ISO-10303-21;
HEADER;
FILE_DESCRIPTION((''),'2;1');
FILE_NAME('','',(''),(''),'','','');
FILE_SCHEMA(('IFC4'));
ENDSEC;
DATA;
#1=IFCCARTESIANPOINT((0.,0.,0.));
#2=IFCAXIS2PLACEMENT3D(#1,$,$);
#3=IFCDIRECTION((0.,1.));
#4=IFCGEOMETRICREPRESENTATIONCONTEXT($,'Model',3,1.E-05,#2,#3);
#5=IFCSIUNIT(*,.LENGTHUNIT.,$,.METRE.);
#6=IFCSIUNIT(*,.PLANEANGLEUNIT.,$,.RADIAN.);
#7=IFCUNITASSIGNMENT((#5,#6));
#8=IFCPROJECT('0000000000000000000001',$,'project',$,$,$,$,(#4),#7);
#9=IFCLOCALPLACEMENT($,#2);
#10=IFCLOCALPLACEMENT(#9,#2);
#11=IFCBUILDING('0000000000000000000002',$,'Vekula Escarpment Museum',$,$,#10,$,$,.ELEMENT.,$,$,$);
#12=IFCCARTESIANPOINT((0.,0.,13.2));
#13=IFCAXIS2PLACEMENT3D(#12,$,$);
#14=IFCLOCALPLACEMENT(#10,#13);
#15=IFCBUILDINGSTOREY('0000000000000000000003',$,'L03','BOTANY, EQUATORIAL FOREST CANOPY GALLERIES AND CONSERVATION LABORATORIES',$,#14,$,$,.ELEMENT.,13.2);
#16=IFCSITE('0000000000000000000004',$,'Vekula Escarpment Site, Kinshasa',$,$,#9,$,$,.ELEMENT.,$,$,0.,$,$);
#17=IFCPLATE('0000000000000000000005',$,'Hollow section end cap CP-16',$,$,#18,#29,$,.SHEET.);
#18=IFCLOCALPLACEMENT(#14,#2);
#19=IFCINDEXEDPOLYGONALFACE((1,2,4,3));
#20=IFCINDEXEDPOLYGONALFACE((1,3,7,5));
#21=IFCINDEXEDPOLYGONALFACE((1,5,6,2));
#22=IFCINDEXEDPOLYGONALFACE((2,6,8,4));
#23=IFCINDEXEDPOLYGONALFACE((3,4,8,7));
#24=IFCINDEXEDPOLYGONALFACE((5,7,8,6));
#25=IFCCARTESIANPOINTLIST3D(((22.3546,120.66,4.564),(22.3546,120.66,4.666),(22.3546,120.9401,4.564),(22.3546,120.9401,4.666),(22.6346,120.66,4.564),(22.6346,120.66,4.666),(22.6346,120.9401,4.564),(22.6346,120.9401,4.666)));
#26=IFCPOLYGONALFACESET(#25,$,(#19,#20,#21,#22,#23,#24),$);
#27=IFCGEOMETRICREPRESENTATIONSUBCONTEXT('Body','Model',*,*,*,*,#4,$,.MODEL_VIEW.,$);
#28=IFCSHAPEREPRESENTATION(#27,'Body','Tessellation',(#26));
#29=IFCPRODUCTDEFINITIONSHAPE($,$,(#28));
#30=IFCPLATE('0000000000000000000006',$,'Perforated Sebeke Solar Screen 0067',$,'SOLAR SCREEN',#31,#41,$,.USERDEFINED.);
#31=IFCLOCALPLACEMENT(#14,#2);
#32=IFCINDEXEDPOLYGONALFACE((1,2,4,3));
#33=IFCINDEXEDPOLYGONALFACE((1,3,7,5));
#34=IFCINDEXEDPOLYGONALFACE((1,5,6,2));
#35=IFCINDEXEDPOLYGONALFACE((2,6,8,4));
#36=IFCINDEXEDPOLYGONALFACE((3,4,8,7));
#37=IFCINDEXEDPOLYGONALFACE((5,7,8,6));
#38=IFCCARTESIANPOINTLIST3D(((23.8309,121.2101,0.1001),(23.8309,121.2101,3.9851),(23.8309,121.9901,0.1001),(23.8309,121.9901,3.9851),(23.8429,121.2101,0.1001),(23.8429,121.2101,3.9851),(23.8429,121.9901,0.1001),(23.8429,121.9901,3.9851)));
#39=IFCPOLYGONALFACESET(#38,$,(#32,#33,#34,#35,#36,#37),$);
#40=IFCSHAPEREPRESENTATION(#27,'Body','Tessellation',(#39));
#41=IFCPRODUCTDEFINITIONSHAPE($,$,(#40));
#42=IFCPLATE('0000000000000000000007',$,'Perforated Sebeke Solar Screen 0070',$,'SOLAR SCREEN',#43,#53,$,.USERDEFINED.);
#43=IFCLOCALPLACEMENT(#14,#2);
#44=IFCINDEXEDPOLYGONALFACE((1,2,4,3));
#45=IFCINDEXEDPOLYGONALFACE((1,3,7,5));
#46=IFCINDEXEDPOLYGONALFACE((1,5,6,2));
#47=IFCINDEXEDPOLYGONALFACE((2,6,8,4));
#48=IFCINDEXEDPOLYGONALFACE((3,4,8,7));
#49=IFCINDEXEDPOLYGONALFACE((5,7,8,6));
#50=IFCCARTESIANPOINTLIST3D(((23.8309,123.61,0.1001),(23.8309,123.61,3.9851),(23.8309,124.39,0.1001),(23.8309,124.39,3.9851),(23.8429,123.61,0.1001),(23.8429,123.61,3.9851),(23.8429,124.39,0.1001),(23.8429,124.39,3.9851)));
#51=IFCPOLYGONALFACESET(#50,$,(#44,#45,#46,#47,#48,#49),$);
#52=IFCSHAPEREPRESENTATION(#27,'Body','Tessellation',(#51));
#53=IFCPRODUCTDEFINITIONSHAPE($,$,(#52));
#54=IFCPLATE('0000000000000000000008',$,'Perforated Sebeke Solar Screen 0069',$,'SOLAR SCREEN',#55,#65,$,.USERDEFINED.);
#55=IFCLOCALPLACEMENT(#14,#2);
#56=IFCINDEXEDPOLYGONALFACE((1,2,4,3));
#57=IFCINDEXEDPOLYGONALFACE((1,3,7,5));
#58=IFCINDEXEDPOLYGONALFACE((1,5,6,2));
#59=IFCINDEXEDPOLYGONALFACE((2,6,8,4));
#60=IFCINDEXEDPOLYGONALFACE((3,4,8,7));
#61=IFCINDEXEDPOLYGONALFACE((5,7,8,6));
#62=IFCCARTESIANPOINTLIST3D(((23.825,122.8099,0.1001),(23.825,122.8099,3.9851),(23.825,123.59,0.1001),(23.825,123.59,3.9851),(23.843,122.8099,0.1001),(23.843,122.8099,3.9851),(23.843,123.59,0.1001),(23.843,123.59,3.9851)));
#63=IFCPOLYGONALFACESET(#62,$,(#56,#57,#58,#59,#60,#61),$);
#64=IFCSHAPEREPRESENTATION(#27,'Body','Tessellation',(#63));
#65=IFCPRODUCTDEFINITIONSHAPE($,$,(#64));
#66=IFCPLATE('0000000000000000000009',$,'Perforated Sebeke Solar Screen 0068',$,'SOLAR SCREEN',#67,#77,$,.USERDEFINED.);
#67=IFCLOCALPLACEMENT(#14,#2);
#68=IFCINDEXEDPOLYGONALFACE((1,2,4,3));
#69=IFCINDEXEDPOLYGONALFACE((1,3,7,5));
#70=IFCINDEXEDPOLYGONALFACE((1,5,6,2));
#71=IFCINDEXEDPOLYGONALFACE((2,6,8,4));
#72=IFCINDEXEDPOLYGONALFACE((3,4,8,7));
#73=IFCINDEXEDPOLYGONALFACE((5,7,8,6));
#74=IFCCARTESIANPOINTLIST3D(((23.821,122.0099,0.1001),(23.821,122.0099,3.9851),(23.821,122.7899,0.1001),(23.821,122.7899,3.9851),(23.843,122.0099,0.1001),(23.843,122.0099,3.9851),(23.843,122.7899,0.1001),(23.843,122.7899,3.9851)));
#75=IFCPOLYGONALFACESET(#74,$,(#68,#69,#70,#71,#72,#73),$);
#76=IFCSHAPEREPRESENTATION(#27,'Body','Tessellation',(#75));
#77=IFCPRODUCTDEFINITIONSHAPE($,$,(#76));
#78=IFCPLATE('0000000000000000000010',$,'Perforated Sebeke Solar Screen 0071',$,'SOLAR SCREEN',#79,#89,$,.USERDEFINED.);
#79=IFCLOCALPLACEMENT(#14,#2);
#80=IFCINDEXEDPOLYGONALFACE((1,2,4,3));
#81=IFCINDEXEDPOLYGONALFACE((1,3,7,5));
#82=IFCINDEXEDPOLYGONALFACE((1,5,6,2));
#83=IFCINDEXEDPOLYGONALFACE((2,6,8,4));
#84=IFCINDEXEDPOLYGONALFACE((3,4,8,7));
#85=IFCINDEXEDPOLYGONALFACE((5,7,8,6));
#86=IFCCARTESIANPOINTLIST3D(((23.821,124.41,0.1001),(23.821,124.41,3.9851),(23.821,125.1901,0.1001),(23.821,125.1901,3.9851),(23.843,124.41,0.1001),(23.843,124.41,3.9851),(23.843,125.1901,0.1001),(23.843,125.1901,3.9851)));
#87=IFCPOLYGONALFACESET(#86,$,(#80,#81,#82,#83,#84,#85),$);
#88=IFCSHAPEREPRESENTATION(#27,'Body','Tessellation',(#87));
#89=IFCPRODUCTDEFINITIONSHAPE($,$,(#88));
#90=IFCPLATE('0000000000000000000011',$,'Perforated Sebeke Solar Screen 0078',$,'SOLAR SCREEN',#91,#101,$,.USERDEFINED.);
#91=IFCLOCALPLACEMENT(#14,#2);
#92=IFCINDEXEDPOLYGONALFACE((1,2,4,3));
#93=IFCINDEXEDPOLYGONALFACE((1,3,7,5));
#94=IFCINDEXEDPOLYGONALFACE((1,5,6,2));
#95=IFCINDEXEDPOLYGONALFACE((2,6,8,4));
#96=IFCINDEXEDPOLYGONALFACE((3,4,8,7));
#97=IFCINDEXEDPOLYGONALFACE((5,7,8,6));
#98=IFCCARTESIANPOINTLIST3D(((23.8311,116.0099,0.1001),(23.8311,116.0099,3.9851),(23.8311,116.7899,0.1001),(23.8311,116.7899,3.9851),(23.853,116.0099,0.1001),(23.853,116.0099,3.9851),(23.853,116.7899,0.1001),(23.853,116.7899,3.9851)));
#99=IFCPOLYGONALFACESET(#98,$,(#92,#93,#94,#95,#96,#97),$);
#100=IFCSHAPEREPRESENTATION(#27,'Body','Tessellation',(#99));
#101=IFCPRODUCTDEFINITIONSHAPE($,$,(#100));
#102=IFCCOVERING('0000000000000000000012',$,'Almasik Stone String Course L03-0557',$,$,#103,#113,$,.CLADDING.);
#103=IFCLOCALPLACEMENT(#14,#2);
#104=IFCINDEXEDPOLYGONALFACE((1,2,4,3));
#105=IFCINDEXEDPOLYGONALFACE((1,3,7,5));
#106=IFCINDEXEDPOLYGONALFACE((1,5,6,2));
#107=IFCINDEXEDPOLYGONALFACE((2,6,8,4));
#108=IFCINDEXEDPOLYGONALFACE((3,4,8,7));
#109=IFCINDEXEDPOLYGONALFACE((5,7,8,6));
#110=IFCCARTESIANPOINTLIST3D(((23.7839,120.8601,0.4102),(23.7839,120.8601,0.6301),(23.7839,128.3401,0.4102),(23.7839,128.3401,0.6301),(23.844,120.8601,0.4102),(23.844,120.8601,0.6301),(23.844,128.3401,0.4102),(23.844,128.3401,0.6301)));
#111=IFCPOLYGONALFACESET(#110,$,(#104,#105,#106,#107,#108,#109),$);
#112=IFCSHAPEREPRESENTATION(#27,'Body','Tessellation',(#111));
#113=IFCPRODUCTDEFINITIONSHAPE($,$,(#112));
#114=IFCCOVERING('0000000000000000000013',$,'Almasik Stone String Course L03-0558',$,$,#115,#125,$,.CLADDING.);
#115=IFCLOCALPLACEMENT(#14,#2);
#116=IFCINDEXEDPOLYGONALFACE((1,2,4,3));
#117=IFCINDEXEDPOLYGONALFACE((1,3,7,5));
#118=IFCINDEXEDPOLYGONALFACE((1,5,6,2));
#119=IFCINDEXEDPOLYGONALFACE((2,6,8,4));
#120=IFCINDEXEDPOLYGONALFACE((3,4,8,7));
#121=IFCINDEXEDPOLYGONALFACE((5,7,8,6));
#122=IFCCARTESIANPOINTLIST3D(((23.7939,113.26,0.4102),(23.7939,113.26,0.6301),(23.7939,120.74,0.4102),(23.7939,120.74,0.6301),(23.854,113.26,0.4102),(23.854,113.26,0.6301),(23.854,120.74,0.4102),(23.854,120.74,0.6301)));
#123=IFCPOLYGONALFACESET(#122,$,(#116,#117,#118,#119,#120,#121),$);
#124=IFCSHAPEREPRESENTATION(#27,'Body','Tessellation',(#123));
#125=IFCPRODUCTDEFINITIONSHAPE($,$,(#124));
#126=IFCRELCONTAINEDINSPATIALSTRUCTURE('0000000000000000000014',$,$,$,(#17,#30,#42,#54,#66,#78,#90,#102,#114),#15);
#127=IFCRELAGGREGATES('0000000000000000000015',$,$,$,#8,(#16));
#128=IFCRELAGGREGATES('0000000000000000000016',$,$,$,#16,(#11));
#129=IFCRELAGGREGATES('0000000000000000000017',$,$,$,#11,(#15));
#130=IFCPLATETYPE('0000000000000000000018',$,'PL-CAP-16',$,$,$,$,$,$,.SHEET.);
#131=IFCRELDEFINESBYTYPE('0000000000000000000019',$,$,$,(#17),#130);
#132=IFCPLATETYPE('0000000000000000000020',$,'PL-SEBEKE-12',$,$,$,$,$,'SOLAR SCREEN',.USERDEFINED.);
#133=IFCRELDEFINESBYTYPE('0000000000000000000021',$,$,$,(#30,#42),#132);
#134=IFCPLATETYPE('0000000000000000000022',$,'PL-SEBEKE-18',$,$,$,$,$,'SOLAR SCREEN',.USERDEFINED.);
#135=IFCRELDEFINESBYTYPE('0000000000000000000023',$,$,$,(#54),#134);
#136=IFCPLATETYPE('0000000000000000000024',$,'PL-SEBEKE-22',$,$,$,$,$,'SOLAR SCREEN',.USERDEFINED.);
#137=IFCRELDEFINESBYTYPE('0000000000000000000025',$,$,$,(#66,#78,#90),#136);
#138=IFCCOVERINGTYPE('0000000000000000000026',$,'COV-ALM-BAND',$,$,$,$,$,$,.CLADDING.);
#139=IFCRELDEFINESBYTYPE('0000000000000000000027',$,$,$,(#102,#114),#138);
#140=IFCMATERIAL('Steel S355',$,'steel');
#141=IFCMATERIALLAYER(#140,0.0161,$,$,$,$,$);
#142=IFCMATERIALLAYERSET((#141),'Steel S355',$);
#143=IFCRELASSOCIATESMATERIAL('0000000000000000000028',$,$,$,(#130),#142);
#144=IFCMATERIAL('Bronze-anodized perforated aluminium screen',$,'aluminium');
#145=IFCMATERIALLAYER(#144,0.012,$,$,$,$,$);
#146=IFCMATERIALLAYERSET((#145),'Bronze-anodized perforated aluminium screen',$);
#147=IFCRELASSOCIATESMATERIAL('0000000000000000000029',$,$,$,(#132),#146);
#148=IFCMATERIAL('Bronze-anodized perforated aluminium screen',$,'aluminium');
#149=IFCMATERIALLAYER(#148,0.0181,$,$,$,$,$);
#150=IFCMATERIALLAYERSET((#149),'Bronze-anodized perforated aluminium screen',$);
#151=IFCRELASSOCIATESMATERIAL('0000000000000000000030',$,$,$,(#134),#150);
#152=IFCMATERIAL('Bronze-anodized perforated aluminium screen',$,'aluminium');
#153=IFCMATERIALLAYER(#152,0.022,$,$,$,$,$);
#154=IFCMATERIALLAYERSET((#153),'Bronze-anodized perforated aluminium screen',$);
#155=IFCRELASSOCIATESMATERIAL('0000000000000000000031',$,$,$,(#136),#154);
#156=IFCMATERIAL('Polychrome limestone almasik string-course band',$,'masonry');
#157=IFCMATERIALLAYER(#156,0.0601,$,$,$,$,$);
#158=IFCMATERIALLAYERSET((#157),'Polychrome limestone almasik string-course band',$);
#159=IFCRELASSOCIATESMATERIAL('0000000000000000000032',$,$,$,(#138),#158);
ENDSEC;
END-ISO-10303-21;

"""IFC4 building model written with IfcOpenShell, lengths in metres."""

from ifc_helpers import new_model, si_unit, direction, frame, origin, origin_2d, place, context, subcontext, project, spatial, rectangle, extrude, material, layer, layer_set, type_object, element, save


model = new_model("IFC4")

# Units and contexts
model_context = context("Model", 3, precision=1e-05, world=origin(), true_north=direction((0.0, 1.0)))
body_context = subcontext(model_context, "Body", "Model", "MODEL_VIEW")
ifc_project = project(units=[si_unit("LENGTHUNIT", "METRE"), si_unit("PLANEANGLEUNIT", "RADIAN")], contexts=[model_context])

# Site, building, storey
site_placement = place(None, origin())
site = spatial("IfcSite", under=ifc_project, at=site_placement, Name="Vekula Escarpment Site, Kinshasa", CompositionType="ELEMENT", RefElevation=0.0)
building_placement = place(site_placement, origin())
building = spatial("IfcBuilding", under=site, at=building_placement, Name="Vekula Escarpment Museum", CompositionType="ELEMENT")
storey_placement = place(building_placement, frame((0.0, 0.0, 13.2)))
storey = spatial("IfcBuildingStorey", under=building, at=storey_placement, Name="L03", Description="BOTANY, EQUATORIAL FOREST CANOPY GALLERIES AND CONSERVATION LABORATORIES", CompositionType="ELEMENT", Elevation=13.2)

# Plates
ifc_material_1 = material(Name="Steel S355", Category="steel")
ifc_layer_1 = layer(ifc_material_1, 0.0161)
ifc_layer_set_1 = layer_set([ifc_layer_1], Name="Steel S355")
plate_type_1 = type_object("IfcPlateType", Name="PL-CAP-16", PredefinedType="SHEET", material=ifc_layer_set_1)
plate_1_placement = place(storey_placement, frame((22.4946, 120.8, 4.564), z_axis=(0.0, 0.0, 1.0), x_axis=(1.0, 0.0, 0.0)))
element("IfcPlate", 1, at=plate_1_placement, inside=storey, type_object=plate_type_1, Name="Hollow section end cap CP-16", PredefinedType="SHEET", context=body_context, shape_type="SweptSolid", body=[
    extrude(rectangle(XDim=0.28, YDim=0.28, at=origin_2d()), origin(), (0.0, 0.0, 1.0), 0.1021),
])
ifc_material_2 = material(Name="Bronze-anodized perforated aluminium screen", Category="aluminium")
ifc_layer_2 = layer(ifc_material_2, 0.012)
ifc_layer_set_2 = layer_set([ifc_layer_2], Name="Bronze-anodized perforated aluminium screen")
plate_type_2 = type_object("IfcPlateType", Name="PL-SEBEKE-12", ElementType="SOLAR SCREEN", PredefinedType="USERDEFINED", material=ifc_layer_set_2)
for number, where, z_axis, x_axis, name in (
    (2, (23.8369, 121.6001, 0.1001), (0.0, 0.0, 1.0), (0.0, 1.0, 0.0), "Perforated Sebeke Solar Screen 0067"),
    (3, (23.8369, 124.0, 0.1001), (0.0, 0.0, 1.0), (0.0, 1.0, 0.0), "Perforated Sebeke Solar Screen 0070"),
):
    element("IfcPlate", number, at=place(storey_placement, frame(where, z_axis=z_axis, x_axis=x_axis)), inside=storey, type_object=plate_type_2, Name=name, ObjectType="SOLAR SCREEN", PredefinedType="USERDEFINED", context=body_context, shape_type="SweptSolid", body=[
        extrude(rectangle(XDim=0.78, YDim=0.012, at=origin_2d()), origin(), (0.0, 0.0, 1.0), 3.885),
    ])
ifc_material_3 = material(Name="Bronze-anodized perforated aluminium screen", Category="aluminium")
ifc_layer_3 = layer(ifc_material_3, 0.0181)
ifc_layer_set_3 = layer_set([ifc_layer_3], Name="Bronze-anodized perforated aluminium screen")
plate_type_3 = type_object("IfcPlateType", Name="PL-SEBEKE-18", ElementType="SOLAR SCREEN", PredefinedType="USERDEFINED", material=ifc_layer_set_3)
plate_2_placement = place(storey_placement, frame((23.834, 123.2, 0.1001), z_axis=(0.0, 0.0, 1.0), x_axis=(0.0, 1.0, 0.0)))
element("IfcPlate", 4, at=plate_2_placement, inside=storey, type_object=plate_type_3, Name="Perforated Sebeke Solar Screen 0069", ObjectType="SOLAR SCREEN", PredefinedType="USERDEFINED", context=body_context, shape_type="SweptSolid", body=[
    extrude(rectangle(XDim=0.78, YDim=0.0181, at=origin_2d()), origin(), (0.0, 0.0, 1.0), 3.885),
])
ifc_material_4 = material(Name="Bronze-anodized perforated aluminium screen", Category="aluminium")
ifc_layer_4 = layer(ifc_material_4, 0.022)
ifc_layer_set_4 = layer_set([ifc_layer_4], Name="Bronze-anodized perforated aluminium screen")
plate_type_4 = type_object("IfcPlateType", Name="PL-SEBEKE-22", ElementType="SOLAR SCREEN", PredefinedType="USERDEFINED", material=ifc_layer_set_4)
for number, where, z_axis, x_axis, name in (
    (5, (23.832, 122.3999, 0.1001), (0.0, 0.0, 1.0), (0.0, 1.0, 0.0), "Perforated Sebeke Solar Screen 0068"),
    (6, (23.832, 124.8, 0.1001), (0.0, 0.0, 1.0), (0.0, 1.0, 0.0), "Perforated Sebeke Solar Screen 0071"),
    (7, (23.842, 116.3999, 0.1001), (0.0, 0.0, 1.0), (0.0, 1.0, 0.0), "Perforated Sebeke Solar Screen 0078"),
):
    element("IfcPlate", number, at=place(storey_placement, frame(where, z_axis=z_axis, x_axis=x_axis)), inside=storey, type_object=plate_type_4, Name=name, ObjectType="SOLAR SCREEN", PredefinedType="USERDEFINED", context=body_context, shape_type="SweptSolid", body=[
        extrude(rectangle(XDim=0.78, YDim=0.022, at=origin_2d()), origin(), (0.0, 0.0, 1.0), 3.885),
    ])

# Coverings
ifc_material_5 = material(Name="Polychrome limestone almasik string-course band", Category="masonry")
ifc_layer_5 = layer(ifc_material_5, 0.0601)
ifc_layer_set_5 = layer_set([ifc_layer_5], Name="Polychrome limestone almasik string-course band")
covering_type = type_object("IfcCoveringType", Name="COV-ALM-BAND", PredefinedType="CLADDING", material=ifc_layer_set_5)
for number, where, z_axis, x_axis, name in (
    (8, (23.814, 124.6001, 0.4102), (0.0, 0.0, 1.0), (0.0, 1.0, 0.0), "Almasik Stone String Course L03-0557"),
    (9, (23.824, 117.0, 0.4102), (0.0, 0.0, 1.0), (0.0, 1.0, 0.0), "Almasik Stone String Course L03-0558"),
):
    element("IfcCovering", number, at=place(storey_placement, frame(where, z_axis=z_axis, x_axis=x_axis)), inside=storey, type_object=covering_type, Name=name, PredefinedType="CLADDING", context=body_context, shape_type="SweptSolid", body=[
        extrude(rectangle(XDim=7.48, YDim=0.0601, at=origin_2d()), origin(), (0.0, 0.0, 1.0), 0.22),
    ])

save(model, "model.ifc")
